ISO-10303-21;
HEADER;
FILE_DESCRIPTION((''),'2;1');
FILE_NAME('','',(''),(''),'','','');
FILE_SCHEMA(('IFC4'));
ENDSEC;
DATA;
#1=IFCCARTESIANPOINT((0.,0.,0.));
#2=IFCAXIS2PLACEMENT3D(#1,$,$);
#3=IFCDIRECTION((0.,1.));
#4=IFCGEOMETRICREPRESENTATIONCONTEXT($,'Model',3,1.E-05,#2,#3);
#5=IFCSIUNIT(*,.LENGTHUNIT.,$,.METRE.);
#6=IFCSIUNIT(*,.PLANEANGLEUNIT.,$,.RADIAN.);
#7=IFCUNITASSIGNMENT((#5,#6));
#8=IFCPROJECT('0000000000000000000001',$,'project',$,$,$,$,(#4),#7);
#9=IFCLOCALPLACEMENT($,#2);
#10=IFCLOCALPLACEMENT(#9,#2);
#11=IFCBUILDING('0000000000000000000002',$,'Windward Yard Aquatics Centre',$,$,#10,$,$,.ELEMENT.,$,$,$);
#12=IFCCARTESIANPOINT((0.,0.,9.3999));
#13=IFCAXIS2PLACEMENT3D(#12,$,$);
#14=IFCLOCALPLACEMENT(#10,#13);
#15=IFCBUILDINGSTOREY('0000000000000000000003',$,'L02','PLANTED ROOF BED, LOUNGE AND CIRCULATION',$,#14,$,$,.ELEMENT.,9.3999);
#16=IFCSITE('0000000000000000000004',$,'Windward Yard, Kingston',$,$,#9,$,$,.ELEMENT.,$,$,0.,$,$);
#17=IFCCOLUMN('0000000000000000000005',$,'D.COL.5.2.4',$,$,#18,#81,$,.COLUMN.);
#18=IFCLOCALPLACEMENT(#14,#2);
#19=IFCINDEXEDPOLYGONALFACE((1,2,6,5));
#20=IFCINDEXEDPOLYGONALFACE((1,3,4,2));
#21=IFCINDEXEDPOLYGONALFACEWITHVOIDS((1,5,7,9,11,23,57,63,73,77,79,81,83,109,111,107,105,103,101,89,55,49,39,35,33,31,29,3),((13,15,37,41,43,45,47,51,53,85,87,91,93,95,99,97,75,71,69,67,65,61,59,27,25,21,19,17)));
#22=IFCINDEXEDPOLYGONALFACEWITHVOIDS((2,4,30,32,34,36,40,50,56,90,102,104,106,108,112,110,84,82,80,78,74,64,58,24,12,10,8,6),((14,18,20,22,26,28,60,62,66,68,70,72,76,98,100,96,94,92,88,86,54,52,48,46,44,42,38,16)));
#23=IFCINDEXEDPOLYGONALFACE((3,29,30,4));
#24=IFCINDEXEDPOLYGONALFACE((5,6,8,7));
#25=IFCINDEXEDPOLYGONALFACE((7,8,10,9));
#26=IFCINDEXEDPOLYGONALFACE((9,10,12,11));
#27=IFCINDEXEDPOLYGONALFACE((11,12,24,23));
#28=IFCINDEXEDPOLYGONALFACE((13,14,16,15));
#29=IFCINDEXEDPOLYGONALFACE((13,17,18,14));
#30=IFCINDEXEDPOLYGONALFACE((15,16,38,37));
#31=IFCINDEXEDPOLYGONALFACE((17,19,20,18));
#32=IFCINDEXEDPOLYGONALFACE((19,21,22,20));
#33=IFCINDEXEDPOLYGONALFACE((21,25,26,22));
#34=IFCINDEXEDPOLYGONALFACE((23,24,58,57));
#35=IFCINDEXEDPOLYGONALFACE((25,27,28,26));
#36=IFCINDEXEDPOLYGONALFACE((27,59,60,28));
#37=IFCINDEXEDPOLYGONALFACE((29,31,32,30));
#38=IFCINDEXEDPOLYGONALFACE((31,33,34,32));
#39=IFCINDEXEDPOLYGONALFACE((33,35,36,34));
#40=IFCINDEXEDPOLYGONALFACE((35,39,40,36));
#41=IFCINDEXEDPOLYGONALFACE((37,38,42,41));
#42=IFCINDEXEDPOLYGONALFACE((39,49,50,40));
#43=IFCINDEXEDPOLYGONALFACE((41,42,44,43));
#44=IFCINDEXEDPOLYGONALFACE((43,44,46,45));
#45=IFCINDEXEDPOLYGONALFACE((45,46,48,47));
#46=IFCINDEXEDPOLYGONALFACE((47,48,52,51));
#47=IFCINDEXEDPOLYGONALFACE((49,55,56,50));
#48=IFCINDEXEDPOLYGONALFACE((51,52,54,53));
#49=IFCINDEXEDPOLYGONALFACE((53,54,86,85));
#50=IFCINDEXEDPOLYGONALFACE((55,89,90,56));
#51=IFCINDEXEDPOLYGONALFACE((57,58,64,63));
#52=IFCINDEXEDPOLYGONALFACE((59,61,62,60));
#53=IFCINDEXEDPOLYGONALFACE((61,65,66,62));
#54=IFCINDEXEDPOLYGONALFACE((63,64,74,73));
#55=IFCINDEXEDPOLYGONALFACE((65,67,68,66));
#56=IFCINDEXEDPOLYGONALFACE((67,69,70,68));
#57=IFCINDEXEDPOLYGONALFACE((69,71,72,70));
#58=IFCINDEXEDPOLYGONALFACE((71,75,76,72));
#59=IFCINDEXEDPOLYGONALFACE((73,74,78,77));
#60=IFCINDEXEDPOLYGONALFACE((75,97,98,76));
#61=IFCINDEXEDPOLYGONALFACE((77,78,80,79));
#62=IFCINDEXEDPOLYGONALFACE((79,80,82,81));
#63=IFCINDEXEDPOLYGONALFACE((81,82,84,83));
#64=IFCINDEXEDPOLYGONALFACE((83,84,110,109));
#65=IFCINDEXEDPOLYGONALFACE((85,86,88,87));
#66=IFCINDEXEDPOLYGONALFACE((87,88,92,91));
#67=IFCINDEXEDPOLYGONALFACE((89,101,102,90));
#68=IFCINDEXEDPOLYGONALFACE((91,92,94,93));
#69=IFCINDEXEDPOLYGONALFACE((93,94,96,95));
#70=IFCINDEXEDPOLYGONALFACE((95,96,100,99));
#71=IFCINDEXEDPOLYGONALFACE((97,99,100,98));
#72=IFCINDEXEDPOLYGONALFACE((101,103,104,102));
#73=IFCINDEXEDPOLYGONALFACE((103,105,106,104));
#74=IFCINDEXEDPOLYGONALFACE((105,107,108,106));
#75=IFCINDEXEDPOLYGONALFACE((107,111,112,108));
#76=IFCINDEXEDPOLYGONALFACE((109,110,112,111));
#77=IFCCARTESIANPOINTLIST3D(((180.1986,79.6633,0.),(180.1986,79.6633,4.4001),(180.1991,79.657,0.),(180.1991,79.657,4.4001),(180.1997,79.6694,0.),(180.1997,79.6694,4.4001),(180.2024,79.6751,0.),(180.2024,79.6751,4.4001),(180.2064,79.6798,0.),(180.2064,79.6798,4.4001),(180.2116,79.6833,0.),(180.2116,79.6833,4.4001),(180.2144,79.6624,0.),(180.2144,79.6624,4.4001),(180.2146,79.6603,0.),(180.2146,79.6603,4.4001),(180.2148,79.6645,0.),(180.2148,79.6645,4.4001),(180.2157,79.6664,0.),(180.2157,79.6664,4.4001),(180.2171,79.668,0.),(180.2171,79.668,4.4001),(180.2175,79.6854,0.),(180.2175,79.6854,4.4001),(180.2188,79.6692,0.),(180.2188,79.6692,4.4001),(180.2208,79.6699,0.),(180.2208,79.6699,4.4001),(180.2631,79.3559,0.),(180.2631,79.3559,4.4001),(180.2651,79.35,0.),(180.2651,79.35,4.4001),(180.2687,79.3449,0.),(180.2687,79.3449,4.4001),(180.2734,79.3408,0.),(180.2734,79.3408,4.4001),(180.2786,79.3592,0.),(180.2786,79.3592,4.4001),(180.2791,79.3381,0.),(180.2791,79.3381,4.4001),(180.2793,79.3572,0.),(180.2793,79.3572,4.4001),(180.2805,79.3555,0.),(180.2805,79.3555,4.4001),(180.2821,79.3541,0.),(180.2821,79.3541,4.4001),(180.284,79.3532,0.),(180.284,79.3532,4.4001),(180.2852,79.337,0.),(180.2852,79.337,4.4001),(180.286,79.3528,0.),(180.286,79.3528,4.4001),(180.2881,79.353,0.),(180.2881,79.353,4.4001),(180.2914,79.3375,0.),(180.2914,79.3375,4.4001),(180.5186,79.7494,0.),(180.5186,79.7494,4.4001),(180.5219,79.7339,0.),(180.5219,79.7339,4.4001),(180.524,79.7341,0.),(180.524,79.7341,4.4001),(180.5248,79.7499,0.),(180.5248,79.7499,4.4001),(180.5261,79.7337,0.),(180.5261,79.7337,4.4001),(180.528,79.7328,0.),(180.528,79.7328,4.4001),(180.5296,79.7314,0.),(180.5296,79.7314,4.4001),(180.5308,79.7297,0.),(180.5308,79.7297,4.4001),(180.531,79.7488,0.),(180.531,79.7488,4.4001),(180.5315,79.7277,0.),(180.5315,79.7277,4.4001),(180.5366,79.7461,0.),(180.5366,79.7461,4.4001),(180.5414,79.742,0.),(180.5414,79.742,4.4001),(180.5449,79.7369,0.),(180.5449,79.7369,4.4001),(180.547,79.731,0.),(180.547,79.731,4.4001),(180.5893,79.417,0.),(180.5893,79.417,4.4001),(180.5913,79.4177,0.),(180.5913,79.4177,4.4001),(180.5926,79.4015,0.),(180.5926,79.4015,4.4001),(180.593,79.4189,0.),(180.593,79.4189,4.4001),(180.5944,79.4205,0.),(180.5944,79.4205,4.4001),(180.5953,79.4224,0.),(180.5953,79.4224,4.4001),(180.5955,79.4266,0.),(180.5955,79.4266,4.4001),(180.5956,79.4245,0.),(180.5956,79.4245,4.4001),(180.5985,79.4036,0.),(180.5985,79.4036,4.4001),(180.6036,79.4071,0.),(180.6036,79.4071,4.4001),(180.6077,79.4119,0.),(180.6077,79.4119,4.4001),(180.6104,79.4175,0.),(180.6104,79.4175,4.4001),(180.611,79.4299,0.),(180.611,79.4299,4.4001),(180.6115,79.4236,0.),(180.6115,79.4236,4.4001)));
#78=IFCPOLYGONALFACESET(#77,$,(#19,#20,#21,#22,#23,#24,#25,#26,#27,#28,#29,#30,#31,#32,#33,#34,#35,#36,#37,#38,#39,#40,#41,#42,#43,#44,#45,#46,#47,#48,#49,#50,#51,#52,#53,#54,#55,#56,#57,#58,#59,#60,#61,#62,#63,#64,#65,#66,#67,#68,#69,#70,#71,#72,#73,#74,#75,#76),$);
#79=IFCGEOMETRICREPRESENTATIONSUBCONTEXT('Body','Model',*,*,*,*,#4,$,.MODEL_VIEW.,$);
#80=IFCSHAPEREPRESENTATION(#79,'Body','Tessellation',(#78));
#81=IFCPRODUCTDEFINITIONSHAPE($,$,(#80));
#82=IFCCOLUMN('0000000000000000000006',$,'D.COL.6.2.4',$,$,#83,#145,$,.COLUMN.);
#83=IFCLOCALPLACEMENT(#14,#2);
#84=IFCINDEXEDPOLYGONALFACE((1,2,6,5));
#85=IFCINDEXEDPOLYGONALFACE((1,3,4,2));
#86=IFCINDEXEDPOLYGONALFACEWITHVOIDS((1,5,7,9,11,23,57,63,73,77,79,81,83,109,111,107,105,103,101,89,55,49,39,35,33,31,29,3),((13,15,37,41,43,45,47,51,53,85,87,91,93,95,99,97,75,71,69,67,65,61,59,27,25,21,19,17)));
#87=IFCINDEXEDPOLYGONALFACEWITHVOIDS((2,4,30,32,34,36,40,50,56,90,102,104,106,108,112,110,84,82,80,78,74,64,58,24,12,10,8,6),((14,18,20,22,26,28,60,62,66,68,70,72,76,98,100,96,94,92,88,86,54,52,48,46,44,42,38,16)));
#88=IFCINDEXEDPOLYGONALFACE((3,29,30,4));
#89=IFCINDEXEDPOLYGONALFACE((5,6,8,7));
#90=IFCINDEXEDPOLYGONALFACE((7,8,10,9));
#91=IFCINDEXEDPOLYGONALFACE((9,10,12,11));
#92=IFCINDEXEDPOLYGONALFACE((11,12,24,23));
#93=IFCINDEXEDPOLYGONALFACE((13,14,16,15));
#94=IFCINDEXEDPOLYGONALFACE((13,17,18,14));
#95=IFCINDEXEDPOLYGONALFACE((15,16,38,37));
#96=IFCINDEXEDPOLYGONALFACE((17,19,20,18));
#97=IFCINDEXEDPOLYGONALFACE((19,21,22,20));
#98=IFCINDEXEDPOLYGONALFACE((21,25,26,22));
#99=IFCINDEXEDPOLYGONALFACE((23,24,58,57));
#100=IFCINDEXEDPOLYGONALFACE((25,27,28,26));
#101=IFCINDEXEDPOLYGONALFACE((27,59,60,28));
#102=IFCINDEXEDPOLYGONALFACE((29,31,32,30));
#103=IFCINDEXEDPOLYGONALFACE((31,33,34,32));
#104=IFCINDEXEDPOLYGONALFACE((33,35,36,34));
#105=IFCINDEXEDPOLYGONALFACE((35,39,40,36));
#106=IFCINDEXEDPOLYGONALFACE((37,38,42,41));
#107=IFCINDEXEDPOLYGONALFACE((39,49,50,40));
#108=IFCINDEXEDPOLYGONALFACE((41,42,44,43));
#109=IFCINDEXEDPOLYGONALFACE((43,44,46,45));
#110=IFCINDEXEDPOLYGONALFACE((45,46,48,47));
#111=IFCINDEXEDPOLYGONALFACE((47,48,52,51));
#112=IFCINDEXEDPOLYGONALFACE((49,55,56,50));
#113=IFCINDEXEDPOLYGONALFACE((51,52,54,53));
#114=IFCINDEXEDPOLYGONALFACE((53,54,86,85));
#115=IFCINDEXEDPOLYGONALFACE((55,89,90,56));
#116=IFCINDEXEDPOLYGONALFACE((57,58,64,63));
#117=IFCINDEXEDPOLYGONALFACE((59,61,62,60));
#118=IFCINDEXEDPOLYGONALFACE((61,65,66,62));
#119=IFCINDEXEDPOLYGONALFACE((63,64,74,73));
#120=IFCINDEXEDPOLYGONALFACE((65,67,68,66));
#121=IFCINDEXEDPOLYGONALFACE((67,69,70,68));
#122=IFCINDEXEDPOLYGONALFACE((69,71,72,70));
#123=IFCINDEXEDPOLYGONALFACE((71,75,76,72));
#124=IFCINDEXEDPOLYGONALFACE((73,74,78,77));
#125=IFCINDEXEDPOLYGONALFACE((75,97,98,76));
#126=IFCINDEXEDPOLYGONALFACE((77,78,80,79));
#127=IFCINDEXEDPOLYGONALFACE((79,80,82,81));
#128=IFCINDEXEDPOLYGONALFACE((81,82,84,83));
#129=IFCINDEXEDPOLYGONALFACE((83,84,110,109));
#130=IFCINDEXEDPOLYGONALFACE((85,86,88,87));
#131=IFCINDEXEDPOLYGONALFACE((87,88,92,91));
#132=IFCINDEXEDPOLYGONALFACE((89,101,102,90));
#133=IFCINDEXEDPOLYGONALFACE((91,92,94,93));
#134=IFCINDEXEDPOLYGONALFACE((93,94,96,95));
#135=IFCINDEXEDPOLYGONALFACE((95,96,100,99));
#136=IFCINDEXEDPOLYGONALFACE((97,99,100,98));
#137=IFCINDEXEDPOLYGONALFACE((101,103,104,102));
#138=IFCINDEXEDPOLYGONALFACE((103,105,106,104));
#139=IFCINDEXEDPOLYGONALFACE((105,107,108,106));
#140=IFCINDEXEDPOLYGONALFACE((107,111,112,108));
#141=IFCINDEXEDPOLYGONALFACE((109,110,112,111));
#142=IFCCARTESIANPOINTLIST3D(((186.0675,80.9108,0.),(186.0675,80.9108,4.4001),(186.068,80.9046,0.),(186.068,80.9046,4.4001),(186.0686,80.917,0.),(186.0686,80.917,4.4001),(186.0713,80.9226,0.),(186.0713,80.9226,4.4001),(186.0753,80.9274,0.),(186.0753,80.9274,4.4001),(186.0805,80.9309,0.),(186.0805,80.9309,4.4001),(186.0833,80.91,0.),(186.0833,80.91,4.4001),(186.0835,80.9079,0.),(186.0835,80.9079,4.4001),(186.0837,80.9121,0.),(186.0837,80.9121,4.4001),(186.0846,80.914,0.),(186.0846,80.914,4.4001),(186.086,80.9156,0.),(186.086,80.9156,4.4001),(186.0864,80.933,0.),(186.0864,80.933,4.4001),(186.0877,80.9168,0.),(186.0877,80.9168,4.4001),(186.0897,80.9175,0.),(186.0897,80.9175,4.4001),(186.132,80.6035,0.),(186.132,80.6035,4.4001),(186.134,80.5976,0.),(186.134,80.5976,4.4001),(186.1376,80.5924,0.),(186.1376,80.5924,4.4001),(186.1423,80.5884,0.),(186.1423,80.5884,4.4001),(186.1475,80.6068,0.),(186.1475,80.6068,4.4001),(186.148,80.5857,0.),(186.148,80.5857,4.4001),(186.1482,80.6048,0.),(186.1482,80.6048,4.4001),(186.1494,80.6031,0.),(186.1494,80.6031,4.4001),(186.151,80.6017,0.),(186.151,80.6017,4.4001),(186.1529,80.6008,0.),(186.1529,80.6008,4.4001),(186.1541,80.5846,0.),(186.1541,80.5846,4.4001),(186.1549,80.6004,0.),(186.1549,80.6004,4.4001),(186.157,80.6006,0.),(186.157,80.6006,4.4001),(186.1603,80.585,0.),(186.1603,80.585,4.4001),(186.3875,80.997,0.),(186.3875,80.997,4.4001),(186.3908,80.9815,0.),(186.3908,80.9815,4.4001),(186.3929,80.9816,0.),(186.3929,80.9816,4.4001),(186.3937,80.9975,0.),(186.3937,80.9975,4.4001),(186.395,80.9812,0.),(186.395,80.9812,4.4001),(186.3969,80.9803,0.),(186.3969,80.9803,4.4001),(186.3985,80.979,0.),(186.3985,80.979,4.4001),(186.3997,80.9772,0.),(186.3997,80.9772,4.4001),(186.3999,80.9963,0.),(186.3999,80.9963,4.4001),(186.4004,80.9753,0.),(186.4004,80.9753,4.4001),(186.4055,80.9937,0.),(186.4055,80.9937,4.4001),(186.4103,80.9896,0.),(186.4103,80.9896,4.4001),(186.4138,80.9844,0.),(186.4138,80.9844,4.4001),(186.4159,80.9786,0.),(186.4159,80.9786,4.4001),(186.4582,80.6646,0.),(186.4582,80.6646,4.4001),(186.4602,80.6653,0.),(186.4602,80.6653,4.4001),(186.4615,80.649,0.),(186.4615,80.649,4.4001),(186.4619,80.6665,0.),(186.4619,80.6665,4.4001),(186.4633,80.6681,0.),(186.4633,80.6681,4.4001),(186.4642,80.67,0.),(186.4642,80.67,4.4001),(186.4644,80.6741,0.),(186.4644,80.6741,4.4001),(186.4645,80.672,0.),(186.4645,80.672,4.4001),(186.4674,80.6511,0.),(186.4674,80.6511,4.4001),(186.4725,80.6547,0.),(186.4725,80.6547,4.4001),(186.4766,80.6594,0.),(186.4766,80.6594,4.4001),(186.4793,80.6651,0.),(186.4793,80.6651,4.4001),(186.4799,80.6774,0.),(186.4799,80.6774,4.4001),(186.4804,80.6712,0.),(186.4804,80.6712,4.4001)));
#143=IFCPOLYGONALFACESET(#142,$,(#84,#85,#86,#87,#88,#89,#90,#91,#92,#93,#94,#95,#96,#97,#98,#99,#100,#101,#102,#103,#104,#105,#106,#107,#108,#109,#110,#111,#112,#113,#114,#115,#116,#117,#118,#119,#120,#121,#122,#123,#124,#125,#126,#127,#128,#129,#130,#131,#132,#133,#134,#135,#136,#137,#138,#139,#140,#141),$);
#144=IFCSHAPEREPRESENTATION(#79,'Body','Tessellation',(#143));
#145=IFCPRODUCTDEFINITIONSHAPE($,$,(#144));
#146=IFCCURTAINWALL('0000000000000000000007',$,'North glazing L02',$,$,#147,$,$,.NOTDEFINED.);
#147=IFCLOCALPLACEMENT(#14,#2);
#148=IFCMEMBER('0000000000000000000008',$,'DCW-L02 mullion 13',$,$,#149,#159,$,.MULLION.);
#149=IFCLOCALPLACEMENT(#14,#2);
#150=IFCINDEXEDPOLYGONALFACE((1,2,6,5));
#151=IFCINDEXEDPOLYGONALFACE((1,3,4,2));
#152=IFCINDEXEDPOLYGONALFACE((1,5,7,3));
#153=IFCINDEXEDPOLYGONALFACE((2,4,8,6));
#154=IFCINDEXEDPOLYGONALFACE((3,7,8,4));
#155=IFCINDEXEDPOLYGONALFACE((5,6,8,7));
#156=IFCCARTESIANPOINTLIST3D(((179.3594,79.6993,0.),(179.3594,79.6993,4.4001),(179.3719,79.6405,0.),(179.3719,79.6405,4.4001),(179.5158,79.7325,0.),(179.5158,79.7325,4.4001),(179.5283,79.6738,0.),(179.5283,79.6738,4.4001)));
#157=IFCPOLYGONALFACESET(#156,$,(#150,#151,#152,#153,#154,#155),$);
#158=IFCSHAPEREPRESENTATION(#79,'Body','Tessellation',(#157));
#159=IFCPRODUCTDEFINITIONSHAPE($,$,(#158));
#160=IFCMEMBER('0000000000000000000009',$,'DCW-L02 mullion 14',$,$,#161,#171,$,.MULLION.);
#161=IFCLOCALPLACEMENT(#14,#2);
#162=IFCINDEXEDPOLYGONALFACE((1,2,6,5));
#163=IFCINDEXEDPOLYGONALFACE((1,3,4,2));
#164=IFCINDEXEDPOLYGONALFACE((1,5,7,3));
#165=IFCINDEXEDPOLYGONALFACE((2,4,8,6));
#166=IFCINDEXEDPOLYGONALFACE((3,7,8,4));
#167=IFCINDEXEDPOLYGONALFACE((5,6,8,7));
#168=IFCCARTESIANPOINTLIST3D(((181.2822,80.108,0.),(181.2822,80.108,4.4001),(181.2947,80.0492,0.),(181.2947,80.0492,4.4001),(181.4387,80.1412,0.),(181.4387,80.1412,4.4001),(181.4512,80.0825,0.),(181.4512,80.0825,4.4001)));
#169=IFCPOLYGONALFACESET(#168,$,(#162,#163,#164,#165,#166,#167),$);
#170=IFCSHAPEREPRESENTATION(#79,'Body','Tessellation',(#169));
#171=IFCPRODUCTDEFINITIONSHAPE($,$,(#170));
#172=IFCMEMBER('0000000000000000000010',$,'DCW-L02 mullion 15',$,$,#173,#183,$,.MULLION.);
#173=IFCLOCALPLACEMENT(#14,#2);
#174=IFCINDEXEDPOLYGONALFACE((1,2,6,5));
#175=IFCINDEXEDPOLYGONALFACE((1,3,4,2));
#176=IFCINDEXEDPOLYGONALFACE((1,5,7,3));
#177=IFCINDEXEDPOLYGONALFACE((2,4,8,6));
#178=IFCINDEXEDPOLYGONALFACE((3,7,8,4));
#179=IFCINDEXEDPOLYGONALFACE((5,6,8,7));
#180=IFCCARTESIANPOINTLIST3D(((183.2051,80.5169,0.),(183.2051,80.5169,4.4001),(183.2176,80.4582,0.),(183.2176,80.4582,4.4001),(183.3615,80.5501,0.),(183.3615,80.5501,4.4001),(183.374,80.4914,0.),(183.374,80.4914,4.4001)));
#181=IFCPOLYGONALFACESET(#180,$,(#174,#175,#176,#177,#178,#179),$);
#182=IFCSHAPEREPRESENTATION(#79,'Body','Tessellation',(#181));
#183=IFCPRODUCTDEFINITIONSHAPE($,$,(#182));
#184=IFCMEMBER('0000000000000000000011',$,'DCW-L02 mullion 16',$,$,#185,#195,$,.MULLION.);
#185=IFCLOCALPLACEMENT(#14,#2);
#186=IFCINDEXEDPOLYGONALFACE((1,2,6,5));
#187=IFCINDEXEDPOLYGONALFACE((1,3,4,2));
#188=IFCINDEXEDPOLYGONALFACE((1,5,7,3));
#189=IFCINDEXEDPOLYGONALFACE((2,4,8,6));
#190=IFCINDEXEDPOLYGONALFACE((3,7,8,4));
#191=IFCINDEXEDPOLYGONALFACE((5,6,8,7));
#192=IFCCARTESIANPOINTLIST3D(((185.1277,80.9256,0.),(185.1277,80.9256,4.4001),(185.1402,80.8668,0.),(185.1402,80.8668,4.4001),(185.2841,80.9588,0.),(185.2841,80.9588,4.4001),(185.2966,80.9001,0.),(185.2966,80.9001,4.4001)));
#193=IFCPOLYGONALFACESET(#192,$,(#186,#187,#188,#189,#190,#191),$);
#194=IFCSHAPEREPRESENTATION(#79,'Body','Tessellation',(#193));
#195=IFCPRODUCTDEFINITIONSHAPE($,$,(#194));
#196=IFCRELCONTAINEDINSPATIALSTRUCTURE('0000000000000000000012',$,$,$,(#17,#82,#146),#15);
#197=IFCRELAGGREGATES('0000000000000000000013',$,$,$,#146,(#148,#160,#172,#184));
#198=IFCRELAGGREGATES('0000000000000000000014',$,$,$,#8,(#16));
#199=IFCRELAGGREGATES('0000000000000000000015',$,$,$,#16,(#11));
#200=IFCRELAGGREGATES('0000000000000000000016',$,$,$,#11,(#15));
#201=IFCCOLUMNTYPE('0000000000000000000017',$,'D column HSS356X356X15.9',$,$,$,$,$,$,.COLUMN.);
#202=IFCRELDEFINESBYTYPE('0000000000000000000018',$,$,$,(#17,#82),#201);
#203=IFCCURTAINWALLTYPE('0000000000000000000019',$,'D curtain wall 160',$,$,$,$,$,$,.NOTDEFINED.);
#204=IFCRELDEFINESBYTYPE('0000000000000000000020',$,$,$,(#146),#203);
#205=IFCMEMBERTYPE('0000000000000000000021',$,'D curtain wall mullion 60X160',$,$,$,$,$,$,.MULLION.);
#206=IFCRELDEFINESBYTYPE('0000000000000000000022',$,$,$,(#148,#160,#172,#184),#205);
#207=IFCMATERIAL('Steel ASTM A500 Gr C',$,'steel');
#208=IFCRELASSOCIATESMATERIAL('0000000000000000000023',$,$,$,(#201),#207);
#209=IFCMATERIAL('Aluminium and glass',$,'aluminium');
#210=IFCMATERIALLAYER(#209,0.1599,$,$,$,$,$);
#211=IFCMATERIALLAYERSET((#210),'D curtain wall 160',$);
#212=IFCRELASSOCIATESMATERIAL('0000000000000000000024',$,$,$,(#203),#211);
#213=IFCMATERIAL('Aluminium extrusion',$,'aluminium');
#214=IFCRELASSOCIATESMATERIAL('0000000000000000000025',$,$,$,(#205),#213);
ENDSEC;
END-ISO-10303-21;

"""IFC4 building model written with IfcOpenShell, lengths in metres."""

from ifc_helpers import new_model, si_unit, direction, frame, origin, origin_2d, place, context, subcontext, project, spatial, rectangle, hollow_rectangle, extrude, material, layer, layer_set, material_profile, profile_set, type_object, element, aggregate, save


model = new_model("IFC4")

# Units and contexts
model_context = context("Model", 3, precision=1e-05, world=origin(), true_north=direction((0.0, 1.0)))
body_context = subcontext(model_context, "Body", "Model", "MODEL_VIEW")
ifc_project = project(units=[si_unit("LENGTHUNIT", "METRE"), si_unit("PLANEANGLEUNIT", "RADIAN")], contexts=[model_context])

# Site, building, storey
site_placement = place(None, origin())
site = spatial("IfcSite", under=ifc_project, at=site_placement, Name="Windward Yard, Kingston", CompositionType="ELEMENT", RefElevation=0.0)
building_placement = place(site_placement, origin())
building = spatial("IfcBuilding", under=site, at=building_placement, Name="Windward Yard Aquatics Centre", CompositionType="ELEMENT")
storey_placement = place(building_placement, frame((0.0, 0.0, 9.3999)))
storey = spatial("IfcBuildingStorey", under=building, at=storey_placement, Name="L02", Description="PLANTED ROOF BED, LOUNGE AND CIRCULATION", CompositionType="ELEMENT", Elevation=9.3999)

# Columns
ifc_material_1 = material(Name="Steel ASTM A500 Gr C", Category="steel")
ifc_material_profile_1 = material_profile(ifc_material_1, hollow_rectangle(XDim=0.3557, YDim=0.3557, WallThickness=0.0159, InnerFilletRadius=0.0081, OuterFilletRadius=0.0239, at=origin_2d()), Name="HSS356X356X15.9")
ifc_profile_set_1 = profile_set([ifc_material_profile_1], Name="Steel ASTM A500 Gr C")
column_type = type_object("IfcColumnType", Name="D column HSS356X356X15.9", PredefinedType="COLUMN", material=ifc_profile_set_1)
for number, where, z_axis, x_axis, name in (
    (1, (180.405, 79.5435, 0.0), (0.0, 0.0, 1.0), (0.978148, 0.207912, 0.0), "D.COL.5.2.4"),
    (2, (186.2739, 80.791, 0.0), (0.0, 0.0, 1.0), (0.978148, 0.207912, 0.0), "D.COL.6.2.4"),
):
    element("IfcColumn", number, at=place(storey_placement, frame(where, z_axis=z_axis, x_axis=x_axis)), inside=storey, type_object=column_type, Name=name, PredefinedType="COLUMN", context=body_context, shape_type="SweptSolid", body=[
        extrude(hollow_rectangle(XDim=0.3557, YDim=0.3557, WallThickness=0.0159, InnerFilletRadius=0.0081, OuterFilletRadius=0.0239, at=origin_2d()), origin(), (0.0, 0.0, 1.0), 4.4001),
    ])

# Curtain wall, members
ifc_material_2 = material(Name="Aluminium and glass", Category="aluminium")
ifc_layer_1 = layer(ifc_material_2, 0.1599)
ifc_layer_set_1 = layer_set([ifc_layer_1], Name="D curtain wall 160")
curtain_wall_type = type_object("IfcCurtainWallType", Name="D curtain wall 160", PredefinedType="NOTDEFINED", material=ifc_layer_set_1)
curtain_wall_placement = place(storey_placement, origin())
curtain_wall = element("IfcCurtainWall", 3, at=curtain_wall_placement, inside=storey, type_object=curtain_wall_type, Name="North glazing L02", PredefinedType="NOTDEFINED")
ifc_material_3 = material(Name="Aluminium extrusion", Category="aluminium")
ifc_material_profile_2 = material_profile(ifc_material_3, rectangle(XDim=0.0601, YDim=0.1599, at=origin_2d()), Name="MULLION 60X160")
ifc_profile_set_2 = profile_set([ifc_material_profile_2], Name="Aluminium extrusion")
member_type_1 = type_object("IfcMemberType", Name="D curtain wall mullion 60X160", PredefinedType="MULLION", material=ifc_profile_set_2)
member_1_placement = place(storey_placement, frame((179.4438, 79.6865, 0.0), z_axis=(0.0, 0.0, 1.0), x_axis=(-0.207912, 0.978148, 0.0)))
member_1 = element("IfcMember", 4, at=member_1_placement, type_object=member_type_1, Name="DCW-L02 mullion 13", PredefinedType="MULLION", context=body_context, shape_type="SweptSolid", body=[
    extrude(rectangle(XDim=0.0601, YDim=0.1599, at=origin_2d()), origin(), (0.0, 0.0, 1.0), 4.4001),
])
member_2_placement = place(storey_placement, frame((181.3667, 80.0952, 0.0), z_axis=(0.0, 0.0, 1.0), x_axis=(-0.207912, 0.978148, 0.0)))
member_2 = element("IfcMember", 5, at=member_2_placement, type_object=member_type_1, Name="DCW-L02 mullion 14", PredefinedType="MULLION", context=body_context, shape_type="SweptSolid", body=[
    extrude(rectangle(XDim=0.0601, YDim=0.1599, at=origin_2d()), origin(), (0.0, 0.0, 1.0), 4.4001),
])
member_3_placement = place(storey_placement, frame((183.2896, 80.5042, 0.0), z_axis=(0.0, 0.0, 1.0), x_axis=(-0.207912, 0.978148, 0.0)))
member_3 = element("IfcMember", 6, at=member_3_placement, type_object=member_type_1, Name="DCW-L02 mullion 15", PredefinedType="MULLION", context=body_context, shape_type="SweptSolid", body=[
    extrude(rectangle(XDim=0.0601, YDim=0.1599, at=origin_2d()), origin(), (0.0, 0.0, 1.0), 4.4001),
])
member_4_placement = place(storey_placement, frame((185.2122, 80.9128, 0.0), z_axis=(0.0, 0.0, 1.0), x_axis=(-0.207912, 0.978148, 0.0)))
member_4 = element("IfcMember", 7, at=member_4_placement, type_object=member_type_1, Name="DCW-L02 mullion 16", PredefinedType="MULLION", context=body_context, shape_type="SweptSolid", body=[
    extrude(rectangle(XDim=0.0601, YDim=0.1599, at=origin_2d()), origin(), (0.0, 0.0, 1.0), 4.4001),
])
aggregate(curtain_wall, [member_1, member_2, member_3, member_4])

save(model, "model.ifc")
